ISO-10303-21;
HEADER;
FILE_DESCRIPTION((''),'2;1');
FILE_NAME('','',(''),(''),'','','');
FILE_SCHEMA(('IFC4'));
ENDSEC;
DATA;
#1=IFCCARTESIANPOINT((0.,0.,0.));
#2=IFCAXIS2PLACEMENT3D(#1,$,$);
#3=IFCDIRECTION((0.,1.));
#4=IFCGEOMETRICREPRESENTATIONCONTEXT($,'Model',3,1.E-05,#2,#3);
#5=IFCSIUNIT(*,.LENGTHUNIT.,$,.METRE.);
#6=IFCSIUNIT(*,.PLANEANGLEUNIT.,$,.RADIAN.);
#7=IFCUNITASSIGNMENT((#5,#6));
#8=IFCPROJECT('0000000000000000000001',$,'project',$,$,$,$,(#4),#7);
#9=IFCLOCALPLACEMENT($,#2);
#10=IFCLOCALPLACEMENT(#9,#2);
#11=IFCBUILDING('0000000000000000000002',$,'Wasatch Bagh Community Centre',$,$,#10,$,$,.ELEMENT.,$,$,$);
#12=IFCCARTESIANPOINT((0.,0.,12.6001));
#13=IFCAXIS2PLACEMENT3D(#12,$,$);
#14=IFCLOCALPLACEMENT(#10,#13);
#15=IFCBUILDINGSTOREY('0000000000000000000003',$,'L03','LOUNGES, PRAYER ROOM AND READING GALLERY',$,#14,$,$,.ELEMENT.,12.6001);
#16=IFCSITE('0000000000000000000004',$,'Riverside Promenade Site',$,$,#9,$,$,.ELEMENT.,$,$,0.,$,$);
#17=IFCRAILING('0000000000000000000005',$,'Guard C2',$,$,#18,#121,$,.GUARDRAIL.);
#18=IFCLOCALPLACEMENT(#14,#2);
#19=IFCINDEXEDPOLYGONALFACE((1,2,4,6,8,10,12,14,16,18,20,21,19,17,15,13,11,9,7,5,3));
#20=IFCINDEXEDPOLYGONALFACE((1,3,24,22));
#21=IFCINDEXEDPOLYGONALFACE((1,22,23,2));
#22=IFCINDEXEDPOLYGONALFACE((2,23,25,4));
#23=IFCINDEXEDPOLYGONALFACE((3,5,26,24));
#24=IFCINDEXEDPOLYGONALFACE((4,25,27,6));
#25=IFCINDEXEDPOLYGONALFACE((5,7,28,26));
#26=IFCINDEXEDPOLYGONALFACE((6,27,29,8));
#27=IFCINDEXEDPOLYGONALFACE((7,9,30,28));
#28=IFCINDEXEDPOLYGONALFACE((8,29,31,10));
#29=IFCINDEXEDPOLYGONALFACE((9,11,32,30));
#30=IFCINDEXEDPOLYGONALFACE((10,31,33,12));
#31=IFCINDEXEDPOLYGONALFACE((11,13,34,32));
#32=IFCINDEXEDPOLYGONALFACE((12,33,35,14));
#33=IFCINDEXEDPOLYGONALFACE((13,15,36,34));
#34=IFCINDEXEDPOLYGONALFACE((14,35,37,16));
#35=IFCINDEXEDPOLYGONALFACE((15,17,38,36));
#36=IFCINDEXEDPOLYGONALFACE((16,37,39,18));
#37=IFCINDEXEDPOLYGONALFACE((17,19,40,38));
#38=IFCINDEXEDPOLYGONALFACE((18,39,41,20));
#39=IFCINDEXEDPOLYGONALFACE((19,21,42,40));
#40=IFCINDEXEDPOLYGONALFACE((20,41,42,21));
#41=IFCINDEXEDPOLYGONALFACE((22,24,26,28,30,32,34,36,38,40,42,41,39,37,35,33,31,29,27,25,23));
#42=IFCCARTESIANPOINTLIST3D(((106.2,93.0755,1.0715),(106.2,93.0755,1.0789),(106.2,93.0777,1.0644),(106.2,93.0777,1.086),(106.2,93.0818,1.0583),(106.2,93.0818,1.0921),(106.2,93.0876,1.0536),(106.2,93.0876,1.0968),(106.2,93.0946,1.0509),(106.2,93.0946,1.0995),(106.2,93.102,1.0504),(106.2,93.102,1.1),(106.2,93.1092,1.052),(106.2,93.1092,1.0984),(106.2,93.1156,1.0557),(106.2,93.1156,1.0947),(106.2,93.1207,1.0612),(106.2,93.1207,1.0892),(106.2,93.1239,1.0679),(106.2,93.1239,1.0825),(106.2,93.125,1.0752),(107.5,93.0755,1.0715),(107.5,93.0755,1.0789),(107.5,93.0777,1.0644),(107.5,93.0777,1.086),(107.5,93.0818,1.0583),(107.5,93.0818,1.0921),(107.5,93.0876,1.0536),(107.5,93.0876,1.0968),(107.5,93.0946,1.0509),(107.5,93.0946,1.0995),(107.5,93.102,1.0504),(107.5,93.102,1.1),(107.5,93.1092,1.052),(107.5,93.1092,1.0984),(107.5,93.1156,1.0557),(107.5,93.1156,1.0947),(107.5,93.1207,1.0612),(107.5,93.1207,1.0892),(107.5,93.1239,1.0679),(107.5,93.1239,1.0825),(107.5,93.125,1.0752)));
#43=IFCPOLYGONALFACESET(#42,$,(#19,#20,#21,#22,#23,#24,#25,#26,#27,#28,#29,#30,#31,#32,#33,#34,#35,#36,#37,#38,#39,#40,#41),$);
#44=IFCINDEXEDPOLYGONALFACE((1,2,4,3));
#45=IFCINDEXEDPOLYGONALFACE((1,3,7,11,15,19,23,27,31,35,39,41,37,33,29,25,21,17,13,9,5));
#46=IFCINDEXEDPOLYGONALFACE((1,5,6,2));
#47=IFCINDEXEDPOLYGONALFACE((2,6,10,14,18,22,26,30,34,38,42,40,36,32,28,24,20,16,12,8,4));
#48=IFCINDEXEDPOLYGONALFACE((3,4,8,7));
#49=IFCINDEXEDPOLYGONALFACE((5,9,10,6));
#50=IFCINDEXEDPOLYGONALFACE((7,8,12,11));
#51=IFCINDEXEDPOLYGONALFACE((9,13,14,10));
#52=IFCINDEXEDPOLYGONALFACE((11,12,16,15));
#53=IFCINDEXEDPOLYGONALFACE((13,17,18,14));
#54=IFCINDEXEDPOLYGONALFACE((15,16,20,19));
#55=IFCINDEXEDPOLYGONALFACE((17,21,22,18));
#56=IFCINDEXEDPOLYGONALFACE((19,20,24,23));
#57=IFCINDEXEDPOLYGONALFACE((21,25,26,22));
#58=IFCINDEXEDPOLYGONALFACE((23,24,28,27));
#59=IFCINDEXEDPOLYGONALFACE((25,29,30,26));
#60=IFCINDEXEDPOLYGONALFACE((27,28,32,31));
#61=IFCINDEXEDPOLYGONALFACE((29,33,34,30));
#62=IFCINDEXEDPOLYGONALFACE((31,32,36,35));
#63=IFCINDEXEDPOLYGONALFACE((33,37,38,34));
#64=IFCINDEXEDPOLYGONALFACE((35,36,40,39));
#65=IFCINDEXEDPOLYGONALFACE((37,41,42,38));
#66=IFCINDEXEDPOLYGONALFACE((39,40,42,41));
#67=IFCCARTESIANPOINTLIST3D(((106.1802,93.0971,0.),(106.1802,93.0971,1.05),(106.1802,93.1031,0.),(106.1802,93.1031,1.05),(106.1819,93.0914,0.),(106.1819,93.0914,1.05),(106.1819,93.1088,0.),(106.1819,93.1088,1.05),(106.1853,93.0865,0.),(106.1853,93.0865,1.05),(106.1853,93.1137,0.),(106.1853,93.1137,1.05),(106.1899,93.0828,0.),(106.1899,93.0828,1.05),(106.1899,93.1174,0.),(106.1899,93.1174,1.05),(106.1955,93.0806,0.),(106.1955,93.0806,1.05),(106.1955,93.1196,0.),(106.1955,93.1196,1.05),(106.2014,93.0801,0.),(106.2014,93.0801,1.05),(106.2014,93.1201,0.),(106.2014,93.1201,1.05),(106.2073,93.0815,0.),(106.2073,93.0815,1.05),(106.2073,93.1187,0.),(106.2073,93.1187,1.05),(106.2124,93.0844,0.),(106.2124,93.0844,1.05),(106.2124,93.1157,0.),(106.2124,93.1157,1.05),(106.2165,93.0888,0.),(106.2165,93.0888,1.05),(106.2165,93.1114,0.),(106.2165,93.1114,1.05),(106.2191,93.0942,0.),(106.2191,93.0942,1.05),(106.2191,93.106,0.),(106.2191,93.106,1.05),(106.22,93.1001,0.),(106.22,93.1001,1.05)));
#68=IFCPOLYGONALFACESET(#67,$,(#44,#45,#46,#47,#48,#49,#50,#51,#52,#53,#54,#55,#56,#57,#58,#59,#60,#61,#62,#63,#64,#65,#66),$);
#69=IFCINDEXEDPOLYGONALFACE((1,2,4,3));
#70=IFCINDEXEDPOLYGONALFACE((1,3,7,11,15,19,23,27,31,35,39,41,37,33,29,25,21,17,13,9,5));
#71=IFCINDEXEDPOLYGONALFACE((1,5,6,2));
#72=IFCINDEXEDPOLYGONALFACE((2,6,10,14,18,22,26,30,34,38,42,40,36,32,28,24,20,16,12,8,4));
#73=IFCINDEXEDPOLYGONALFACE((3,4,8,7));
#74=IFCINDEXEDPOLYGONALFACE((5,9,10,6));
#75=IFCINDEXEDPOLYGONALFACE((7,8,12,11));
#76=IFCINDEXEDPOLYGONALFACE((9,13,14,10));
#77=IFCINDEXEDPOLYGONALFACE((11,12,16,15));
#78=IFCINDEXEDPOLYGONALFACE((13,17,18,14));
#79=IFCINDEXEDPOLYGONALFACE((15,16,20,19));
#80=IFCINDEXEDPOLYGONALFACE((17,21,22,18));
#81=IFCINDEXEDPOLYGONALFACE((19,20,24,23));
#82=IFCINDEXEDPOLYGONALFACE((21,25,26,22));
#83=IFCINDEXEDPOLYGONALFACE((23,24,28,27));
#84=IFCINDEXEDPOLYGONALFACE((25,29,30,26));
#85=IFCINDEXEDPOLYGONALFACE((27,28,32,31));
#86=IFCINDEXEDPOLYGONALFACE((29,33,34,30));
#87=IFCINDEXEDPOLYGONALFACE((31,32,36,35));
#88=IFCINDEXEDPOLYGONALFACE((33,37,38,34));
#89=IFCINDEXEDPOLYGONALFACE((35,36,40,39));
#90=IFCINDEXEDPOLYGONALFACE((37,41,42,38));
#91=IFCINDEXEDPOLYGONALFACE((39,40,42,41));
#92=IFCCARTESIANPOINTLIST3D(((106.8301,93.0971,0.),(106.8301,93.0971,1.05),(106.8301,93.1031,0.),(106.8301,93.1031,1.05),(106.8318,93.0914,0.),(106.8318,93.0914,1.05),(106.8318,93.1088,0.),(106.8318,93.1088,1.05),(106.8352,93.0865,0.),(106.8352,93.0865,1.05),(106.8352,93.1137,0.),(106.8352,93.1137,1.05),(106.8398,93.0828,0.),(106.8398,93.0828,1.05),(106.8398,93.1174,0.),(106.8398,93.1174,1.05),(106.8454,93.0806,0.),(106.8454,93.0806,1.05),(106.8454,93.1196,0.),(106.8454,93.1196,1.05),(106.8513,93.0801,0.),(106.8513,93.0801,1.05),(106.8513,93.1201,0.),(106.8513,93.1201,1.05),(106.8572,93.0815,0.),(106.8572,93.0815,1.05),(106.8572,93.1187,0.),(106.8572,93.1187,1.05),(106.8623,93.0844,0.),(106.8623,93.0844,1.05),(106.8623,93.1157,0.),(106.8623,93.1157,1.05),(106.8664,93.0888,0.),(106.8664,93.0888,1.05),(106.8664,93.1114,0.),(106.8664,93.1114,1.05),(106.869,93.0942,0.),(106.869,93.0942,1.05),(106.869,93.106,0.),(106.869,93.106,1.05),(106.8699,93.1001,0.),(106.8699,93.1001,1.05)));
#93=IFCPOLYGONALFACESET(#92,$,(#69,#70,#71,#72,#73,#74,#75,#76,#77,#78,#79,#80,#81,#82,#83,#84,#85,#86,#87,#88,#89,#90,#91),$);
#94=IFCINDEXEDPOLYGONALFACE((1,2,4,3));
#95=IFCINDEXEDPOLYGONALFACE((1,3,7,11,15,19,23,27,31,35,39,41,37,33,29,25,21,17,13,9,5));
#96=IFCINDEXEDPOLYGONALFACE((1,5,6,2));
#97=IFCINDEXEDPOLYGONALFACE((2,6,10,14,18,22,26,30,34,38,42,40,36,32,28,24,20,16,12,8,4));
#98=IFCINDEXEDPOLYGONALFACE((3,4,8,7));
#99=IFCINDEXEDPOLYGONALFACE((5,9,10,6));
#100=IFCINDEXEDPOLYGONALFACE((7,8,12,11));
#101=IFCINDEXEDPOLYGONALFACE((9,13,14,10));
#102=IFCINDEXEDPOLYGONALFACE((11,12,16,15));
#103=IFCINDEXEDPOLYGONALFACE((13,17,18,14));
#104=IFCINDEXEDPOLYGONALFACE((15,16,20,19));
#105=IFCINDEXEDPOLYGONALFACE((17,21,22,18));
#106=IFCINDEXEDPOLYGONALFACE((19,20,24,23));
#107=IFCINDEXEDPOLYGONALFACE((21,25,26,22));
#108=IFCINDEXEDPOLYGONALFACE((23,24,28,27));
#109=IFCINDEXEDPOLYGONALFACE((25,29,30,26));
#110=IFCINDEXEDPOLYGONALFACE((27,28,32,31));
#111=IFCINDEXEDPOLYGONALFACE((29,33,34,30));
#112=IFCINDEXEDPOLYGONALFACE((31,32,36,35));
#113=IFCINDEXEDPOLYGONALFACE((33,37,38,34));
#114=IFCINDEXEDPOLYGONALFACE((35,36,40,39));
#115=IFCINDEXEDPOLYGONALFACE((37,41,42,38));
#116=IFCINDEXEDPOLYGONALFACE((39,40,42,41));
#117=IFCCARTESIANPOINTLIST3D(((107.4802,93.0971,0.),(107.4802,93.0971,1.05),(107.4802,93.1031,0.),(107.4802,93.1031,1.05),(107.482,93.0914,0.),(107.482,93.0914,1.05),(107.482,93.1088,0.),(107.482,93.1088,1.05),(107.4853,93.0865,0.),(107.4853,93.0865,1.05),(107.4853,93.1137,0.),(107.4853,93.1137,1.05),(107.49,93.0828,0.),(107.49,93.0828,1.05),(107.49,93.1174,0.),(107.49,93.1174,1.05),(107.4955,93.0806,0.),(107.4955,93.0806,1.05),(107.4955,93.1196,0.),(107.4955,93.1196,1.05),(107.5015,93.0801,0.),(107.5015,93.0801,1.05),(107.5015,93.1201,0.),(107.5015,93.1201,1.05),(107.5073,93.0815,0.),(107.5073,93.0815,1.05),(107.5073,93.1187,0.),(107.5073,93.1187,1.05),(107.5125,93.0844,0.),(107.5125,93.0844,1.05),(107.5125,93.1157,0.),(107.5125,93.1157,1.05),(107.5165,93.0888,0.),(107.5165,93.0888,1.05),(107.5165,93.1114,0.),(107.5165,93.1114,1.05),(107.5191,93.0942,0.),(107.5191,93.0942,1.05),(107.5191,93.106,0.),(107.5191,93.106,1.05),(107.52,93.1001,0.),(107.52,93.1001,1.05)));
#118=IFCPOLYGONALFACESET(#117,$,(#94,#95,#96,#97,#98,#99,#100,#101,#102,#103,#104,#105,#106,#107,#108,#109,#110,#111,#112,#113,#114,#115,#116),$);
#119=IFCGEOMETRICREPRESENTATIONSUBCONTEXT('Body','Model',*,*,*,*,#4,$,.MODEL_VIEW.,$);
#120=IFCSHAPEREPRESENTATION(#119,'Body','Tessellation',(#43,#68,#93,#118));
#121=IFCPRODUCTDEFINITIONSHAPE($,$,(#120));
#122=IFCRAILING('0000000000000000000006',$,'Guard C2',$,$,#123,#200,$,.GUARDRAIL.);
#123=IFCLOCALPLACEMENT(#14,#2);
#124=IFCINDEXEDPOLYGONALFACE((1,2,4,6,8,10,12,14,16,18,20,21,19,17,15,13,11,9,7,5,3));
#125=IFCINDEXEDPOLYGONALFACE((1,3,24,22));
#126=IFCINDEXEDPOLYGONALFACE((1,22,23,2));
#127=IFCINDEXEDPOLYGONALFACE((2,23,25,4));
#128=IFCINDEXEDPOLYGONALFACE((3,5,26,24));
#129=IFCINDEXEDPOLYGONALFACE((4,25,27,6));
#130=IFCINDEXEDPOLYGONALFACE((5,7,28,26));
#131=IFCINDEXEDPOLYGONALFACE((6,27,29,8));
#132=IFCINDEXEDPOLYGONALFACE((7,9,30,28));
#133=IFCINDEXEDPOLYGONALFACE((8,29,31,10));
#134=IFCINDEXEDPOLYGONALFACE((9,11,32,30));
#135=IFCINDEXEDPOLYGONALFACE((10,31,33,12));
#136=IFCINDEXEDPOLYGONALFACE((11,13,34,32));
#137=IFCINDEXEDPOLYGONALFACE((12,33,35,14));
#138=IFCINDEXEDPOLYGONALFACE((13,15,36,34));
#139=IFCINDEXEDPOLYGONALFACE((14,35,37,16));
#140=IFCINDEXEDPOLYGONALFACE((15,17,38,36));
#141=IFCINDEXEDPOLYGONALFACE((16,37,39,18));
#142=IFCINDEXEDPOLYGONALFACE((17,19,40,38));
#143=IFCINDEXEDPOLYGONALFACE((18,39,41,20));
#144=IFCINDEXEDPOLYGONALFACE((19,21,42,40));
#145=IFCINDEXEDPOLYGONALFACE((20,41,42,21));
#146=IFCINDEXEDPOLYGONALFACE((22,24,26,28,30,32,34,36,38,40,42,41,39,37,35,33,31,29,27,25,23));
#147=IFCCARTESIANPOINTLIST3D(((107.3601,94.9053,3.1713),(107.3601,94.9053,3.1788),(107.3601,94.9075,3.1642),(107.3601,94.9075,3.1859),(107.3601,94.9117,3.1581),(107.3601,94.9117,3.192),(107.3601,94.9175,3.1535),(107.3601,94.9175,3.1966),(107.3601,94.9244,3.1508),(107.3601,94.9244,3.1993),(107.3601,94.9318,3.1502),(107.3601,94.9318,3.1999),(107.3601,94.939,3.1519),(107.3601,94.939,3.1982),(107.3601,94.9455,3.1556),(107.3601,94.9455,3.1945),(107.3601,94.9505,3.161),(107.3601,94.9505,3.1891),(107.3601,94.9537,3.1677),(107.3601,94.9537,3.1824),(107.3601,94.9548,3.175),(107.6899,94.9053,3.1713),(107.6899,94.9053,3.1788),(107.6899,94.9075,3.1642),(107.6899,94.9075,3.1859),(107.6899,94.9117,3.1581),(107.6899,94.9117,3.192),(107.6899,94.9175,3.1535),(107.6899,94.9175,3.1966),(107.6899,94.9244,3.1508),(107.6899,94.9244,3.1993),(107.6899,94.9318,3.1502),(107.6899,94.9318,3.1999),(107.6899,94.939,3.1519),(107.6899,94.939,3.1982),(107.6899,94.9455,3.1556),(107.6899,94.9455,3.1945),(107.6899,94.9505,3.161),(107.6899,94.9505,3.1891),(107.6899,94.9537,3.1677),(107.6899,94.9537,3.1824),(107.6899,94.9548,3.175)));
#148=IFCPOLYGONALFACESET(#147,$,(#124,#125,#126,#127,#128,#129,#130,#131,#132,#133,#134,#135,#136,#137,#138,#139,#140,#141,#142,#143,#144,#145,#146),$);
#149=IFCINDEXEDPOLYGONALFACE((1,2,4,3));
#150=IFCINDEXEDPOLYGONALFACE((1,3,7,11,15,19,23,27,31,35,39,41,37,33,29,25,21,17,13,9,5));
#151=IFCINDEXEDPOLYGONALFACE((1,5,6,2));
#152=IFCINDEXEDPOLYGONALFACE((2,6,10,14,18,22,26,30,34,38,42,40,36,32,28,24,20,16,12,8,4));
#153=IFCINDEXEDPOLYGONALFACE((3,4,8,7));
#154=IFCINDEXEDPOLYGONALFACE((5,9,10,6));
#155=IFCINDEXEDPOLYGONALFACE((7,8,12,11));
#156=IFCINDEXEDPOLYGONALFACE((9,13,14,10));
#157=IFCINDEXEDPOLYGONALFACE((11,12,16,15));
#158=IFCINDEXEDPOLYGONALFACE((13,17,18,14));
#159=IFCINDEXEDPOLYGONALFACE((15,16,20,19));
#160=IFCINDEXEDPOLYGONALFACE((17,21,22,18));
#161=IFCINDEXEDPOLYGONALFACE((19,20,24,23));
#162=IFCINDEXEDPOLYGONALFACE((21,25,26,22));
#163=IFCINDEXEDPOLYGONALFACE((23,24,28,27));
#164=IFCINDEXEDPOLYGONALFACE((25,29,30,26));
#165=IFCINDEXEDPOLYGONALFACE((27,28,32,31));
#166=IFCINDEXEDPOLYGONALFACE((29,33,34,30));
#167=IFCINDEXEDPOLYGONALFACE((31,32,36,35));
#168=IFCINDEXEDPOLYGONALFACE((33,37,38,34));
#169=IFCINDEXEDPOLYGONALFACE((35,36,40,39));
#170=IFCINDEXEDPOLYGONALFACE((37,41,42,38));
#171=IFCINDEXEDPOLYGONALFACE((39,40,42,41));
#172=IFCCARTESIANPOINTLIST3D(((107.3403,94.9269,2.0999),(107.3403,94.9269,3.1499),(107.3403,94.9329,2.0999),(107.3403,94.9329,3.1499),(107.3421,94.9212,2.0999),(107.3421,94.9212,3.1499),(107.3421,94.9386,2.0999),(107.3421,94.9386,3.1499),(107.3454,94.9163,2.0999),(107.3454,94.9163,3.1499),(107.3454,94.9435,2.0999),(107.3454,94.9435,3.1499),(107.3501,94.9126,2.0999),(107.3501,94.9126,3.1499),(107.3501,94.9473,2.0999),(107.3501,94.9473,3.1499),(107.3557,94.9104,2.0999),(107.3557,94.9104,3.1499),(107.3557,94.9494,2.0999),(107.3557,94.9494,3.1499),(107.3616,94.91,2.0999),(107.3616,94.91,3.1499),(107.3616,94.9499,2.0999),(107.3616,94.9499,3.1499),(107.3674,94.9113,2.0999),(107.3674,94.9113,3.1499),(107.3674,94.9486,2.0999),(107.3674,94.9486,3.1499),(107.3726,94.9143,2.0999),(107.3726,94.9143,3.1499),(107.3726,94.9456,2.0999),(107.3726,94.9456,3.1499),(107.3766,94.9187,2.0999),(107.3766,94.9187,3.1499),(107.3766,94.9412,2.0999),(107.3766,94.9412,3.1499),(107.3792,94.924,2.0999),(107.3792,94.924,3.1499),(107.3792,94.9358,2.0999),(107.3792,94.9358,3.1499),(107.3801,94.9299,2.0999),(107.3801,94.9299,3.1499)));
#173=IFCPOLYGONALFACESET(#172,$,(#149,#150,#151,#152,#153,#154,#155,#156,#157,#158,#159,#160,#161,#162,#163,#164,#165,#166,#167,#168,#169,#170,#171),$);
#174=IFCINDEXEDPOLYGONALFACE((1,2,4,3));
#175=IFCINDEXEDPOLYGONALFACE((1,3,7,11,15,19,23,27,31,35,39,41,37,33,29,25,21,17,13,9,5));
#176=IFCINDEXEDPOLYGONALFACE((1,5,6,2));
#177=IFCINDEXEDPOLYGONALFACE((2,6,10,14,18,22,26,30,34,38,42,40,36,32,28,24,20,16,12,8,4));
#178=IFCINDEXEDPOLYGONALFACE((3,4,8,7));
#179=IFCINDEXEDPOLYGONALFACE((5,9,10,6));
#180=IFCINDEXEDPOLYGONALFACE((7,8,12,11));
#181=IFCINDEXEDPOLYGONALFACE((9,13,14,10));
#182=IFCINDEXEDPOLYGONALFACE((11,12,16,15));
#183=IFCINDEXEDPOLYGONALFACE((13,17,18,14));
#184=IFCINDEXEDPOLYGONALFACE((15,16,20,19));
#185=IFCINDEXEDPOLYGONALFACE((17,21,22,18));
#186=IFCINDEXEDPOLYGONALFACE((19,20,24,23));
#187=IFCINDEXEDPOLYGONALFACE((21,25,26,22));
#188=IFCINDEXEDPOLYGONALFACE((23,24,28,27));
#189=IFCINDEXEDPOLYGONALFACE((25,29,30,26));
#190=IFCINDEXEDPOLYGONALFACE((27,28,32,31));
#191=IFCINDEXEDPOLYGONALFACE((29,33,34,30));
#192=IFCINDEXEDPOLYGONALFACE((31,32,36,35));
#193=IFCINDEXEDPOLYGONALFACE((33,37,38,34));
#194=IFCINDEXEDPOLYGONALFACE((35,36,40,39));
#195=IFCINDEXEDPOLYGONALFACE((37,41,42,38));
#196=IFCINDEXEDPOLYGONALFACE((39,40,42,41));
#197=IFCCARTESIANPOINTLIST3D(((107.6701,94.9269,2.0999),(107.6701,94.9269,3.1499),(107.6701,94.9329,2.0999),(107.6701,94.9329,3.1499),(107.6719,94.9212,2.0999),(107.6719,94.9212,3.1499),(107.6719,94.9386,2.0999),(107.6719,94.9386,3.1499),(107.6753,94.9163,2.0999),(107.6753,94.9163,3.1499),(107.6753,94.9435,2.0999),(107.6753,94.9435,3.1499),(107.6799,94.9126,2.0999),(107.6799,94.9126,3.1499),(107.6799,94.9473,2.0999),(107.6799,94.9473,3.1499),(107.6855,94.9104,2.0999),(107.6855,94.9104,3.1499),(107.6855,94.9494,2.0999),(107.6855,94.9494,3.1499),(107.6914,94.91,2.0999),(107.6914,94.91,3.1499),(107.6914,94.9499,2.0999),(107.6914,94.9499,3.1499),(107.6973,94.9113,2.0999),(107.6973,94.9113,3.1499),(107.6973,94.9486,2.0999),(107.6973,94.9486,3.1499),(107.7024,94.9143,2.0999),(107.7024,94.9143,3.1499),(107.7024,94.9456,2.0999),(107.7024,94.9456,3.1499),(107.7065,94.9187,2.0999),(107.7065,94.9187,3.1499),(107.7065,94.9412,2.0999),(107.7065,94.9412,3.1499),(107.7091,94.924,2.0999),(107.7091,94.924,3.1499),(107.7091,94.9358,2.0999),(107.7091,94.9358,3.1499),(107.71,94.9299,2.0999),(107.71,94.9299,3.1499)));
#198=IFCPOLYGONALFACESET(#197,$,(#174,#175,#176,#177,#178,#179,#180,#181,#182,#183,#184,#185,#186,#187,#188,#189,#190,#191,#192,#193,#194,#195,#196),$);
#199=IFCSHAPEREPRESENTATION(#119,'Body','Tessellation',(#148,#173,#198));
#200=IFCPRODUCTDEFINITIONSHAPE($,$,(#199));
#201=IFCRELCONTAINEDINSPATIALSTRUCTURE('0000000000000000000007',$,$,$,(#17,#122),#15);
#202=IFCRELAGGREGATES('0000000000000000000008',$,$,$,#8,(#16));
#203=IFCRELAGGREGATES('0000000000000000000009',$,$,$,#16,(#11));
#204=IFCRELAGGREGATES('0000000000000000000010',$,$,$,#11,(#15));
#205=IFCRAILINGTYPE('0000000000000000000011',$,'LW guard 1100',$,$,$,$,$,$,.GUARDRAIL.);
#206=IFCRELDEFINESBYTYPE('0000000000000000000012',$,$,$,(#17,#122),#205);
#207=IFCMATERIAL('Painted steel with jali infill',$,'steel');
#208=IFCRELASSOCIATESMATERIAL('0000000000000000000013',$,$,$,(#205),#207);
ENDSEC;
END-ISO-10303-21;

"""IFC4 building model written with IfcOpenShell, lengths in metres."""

from ifc_helpers import new_model, si_unit, direction, frame, origin, origin_2d, place, context, subcontext, project, spatial, circle, extrude, material, type_object, element, save


model = new_model("IFC4")

# Units and contexts
model_context = context("Model", 3, precision=1e-05, world=origin(), true_north=direction((0.0, 1.0)))
body_context = subcontext(model_context, "Body", "Model", "MODEL_VIEW")
ifc_project = project(units=[si_unit("LENGTHUNIT", "METRE"), si_unit("PLANEANGLEUNIT", "RADIAN")], contexts=[model_context])

# Site, building, storey
site_placement = place(None, origin())
site = spatial("IfcSite", under=ifc_project, at=site_placement, Name="Riverside Promenade Site", CompositionType="ELEMENT", RefElevation=0.0)
building_placement = place(site_placement, origin())
building = spatial("IfcBuilding", under=site, at=building_placement, Name="Wasatch Bagh Community Centre", CompositionType="ELEMENT")
storey_placement = place(building_placement, frame((0.0, 0.0, 12.6001)))
storey = spatial("IfcBuildingStorey", under=building, at=storey_placement, Name="L03", Description="LOUNGES, PRAYER ROOM AND READING GALLERY", CompositionType="ELEMENT", Elevation=12.6001)

# Railings
ifc_material_1 = material(Name="Painted steel with jali infill", Category="steel")
railing_type_1 = type_object("IfcRailingType", Name="LW guard 1100", PredefinedType="GUARDRAIL", material=ifc_material_1)
railing_1_placement = place(storey_placement, frame((106.2, 93.1001, 0.0)))
element("IfcRailing", 1, at=railing_1_placement, inside=storey, type_object=railing_type_1, Name="Guard C2", PredefinedType="GUARDRAIL", context=body_context, shape_type="SweptSolid", body=[
    extrude(circle(Radius=0.0249, at=origin_2d()), frame((0.0, 0.0, 1.0752), z_axis=(1.0, 0.0, 0.0), x_axis=(0.0, 1.0, 0.0)), (0.0, 0.0, 1.0), 1.3),
    extrude(circle(Radius=0.02, at=origin_2d()), origin(), (0.0, 0.0, 1.0), 1.05),
    extrude(circle(Radius=0.02, at=origin_2d()), frame((0.6499, 0.0, 0.0)), (0.0, 0.0, 1.0), 1.05),
    extrude(circle(Radius=0.02, at=origin_2d()), frame((1.3, 0.0, 0.0)), (0.0, 0.0, 1.0), 1.05),
])
railing_2_placement = place(storey_placement, frame((107.3601, 94.9299, 2.0999)))
element("IfcRailing", 2, at=railing_2_placement, inside=storey, type_object=railing_type_1, Name="Guard C2", PredefinedType="GUARDRAIL", context=body_context, shape_type="SweptSolid", body=[
    extrude(circle(Radius=0.0249, at=origin_2d()), frame((0.0, 0.0, 1.0752), z_axis=(1.0, 0.0, 0.0), x_axis=(0.0, 1.0, 0.0)), (0.0, 0.0, 1.0), 0.3298),
    extrude(circle(Radius=0.02, at=origin_2d()), origin(), (0.0, 0.0, 1.0), 1.05),
    extrude(circle(Radius=0.02, at=origin_2d()), frame((0.3298, 0.0, 0.0)), (0.0, 0.0, 1.0), 1.05),
])

save(model, "model.ifc")
